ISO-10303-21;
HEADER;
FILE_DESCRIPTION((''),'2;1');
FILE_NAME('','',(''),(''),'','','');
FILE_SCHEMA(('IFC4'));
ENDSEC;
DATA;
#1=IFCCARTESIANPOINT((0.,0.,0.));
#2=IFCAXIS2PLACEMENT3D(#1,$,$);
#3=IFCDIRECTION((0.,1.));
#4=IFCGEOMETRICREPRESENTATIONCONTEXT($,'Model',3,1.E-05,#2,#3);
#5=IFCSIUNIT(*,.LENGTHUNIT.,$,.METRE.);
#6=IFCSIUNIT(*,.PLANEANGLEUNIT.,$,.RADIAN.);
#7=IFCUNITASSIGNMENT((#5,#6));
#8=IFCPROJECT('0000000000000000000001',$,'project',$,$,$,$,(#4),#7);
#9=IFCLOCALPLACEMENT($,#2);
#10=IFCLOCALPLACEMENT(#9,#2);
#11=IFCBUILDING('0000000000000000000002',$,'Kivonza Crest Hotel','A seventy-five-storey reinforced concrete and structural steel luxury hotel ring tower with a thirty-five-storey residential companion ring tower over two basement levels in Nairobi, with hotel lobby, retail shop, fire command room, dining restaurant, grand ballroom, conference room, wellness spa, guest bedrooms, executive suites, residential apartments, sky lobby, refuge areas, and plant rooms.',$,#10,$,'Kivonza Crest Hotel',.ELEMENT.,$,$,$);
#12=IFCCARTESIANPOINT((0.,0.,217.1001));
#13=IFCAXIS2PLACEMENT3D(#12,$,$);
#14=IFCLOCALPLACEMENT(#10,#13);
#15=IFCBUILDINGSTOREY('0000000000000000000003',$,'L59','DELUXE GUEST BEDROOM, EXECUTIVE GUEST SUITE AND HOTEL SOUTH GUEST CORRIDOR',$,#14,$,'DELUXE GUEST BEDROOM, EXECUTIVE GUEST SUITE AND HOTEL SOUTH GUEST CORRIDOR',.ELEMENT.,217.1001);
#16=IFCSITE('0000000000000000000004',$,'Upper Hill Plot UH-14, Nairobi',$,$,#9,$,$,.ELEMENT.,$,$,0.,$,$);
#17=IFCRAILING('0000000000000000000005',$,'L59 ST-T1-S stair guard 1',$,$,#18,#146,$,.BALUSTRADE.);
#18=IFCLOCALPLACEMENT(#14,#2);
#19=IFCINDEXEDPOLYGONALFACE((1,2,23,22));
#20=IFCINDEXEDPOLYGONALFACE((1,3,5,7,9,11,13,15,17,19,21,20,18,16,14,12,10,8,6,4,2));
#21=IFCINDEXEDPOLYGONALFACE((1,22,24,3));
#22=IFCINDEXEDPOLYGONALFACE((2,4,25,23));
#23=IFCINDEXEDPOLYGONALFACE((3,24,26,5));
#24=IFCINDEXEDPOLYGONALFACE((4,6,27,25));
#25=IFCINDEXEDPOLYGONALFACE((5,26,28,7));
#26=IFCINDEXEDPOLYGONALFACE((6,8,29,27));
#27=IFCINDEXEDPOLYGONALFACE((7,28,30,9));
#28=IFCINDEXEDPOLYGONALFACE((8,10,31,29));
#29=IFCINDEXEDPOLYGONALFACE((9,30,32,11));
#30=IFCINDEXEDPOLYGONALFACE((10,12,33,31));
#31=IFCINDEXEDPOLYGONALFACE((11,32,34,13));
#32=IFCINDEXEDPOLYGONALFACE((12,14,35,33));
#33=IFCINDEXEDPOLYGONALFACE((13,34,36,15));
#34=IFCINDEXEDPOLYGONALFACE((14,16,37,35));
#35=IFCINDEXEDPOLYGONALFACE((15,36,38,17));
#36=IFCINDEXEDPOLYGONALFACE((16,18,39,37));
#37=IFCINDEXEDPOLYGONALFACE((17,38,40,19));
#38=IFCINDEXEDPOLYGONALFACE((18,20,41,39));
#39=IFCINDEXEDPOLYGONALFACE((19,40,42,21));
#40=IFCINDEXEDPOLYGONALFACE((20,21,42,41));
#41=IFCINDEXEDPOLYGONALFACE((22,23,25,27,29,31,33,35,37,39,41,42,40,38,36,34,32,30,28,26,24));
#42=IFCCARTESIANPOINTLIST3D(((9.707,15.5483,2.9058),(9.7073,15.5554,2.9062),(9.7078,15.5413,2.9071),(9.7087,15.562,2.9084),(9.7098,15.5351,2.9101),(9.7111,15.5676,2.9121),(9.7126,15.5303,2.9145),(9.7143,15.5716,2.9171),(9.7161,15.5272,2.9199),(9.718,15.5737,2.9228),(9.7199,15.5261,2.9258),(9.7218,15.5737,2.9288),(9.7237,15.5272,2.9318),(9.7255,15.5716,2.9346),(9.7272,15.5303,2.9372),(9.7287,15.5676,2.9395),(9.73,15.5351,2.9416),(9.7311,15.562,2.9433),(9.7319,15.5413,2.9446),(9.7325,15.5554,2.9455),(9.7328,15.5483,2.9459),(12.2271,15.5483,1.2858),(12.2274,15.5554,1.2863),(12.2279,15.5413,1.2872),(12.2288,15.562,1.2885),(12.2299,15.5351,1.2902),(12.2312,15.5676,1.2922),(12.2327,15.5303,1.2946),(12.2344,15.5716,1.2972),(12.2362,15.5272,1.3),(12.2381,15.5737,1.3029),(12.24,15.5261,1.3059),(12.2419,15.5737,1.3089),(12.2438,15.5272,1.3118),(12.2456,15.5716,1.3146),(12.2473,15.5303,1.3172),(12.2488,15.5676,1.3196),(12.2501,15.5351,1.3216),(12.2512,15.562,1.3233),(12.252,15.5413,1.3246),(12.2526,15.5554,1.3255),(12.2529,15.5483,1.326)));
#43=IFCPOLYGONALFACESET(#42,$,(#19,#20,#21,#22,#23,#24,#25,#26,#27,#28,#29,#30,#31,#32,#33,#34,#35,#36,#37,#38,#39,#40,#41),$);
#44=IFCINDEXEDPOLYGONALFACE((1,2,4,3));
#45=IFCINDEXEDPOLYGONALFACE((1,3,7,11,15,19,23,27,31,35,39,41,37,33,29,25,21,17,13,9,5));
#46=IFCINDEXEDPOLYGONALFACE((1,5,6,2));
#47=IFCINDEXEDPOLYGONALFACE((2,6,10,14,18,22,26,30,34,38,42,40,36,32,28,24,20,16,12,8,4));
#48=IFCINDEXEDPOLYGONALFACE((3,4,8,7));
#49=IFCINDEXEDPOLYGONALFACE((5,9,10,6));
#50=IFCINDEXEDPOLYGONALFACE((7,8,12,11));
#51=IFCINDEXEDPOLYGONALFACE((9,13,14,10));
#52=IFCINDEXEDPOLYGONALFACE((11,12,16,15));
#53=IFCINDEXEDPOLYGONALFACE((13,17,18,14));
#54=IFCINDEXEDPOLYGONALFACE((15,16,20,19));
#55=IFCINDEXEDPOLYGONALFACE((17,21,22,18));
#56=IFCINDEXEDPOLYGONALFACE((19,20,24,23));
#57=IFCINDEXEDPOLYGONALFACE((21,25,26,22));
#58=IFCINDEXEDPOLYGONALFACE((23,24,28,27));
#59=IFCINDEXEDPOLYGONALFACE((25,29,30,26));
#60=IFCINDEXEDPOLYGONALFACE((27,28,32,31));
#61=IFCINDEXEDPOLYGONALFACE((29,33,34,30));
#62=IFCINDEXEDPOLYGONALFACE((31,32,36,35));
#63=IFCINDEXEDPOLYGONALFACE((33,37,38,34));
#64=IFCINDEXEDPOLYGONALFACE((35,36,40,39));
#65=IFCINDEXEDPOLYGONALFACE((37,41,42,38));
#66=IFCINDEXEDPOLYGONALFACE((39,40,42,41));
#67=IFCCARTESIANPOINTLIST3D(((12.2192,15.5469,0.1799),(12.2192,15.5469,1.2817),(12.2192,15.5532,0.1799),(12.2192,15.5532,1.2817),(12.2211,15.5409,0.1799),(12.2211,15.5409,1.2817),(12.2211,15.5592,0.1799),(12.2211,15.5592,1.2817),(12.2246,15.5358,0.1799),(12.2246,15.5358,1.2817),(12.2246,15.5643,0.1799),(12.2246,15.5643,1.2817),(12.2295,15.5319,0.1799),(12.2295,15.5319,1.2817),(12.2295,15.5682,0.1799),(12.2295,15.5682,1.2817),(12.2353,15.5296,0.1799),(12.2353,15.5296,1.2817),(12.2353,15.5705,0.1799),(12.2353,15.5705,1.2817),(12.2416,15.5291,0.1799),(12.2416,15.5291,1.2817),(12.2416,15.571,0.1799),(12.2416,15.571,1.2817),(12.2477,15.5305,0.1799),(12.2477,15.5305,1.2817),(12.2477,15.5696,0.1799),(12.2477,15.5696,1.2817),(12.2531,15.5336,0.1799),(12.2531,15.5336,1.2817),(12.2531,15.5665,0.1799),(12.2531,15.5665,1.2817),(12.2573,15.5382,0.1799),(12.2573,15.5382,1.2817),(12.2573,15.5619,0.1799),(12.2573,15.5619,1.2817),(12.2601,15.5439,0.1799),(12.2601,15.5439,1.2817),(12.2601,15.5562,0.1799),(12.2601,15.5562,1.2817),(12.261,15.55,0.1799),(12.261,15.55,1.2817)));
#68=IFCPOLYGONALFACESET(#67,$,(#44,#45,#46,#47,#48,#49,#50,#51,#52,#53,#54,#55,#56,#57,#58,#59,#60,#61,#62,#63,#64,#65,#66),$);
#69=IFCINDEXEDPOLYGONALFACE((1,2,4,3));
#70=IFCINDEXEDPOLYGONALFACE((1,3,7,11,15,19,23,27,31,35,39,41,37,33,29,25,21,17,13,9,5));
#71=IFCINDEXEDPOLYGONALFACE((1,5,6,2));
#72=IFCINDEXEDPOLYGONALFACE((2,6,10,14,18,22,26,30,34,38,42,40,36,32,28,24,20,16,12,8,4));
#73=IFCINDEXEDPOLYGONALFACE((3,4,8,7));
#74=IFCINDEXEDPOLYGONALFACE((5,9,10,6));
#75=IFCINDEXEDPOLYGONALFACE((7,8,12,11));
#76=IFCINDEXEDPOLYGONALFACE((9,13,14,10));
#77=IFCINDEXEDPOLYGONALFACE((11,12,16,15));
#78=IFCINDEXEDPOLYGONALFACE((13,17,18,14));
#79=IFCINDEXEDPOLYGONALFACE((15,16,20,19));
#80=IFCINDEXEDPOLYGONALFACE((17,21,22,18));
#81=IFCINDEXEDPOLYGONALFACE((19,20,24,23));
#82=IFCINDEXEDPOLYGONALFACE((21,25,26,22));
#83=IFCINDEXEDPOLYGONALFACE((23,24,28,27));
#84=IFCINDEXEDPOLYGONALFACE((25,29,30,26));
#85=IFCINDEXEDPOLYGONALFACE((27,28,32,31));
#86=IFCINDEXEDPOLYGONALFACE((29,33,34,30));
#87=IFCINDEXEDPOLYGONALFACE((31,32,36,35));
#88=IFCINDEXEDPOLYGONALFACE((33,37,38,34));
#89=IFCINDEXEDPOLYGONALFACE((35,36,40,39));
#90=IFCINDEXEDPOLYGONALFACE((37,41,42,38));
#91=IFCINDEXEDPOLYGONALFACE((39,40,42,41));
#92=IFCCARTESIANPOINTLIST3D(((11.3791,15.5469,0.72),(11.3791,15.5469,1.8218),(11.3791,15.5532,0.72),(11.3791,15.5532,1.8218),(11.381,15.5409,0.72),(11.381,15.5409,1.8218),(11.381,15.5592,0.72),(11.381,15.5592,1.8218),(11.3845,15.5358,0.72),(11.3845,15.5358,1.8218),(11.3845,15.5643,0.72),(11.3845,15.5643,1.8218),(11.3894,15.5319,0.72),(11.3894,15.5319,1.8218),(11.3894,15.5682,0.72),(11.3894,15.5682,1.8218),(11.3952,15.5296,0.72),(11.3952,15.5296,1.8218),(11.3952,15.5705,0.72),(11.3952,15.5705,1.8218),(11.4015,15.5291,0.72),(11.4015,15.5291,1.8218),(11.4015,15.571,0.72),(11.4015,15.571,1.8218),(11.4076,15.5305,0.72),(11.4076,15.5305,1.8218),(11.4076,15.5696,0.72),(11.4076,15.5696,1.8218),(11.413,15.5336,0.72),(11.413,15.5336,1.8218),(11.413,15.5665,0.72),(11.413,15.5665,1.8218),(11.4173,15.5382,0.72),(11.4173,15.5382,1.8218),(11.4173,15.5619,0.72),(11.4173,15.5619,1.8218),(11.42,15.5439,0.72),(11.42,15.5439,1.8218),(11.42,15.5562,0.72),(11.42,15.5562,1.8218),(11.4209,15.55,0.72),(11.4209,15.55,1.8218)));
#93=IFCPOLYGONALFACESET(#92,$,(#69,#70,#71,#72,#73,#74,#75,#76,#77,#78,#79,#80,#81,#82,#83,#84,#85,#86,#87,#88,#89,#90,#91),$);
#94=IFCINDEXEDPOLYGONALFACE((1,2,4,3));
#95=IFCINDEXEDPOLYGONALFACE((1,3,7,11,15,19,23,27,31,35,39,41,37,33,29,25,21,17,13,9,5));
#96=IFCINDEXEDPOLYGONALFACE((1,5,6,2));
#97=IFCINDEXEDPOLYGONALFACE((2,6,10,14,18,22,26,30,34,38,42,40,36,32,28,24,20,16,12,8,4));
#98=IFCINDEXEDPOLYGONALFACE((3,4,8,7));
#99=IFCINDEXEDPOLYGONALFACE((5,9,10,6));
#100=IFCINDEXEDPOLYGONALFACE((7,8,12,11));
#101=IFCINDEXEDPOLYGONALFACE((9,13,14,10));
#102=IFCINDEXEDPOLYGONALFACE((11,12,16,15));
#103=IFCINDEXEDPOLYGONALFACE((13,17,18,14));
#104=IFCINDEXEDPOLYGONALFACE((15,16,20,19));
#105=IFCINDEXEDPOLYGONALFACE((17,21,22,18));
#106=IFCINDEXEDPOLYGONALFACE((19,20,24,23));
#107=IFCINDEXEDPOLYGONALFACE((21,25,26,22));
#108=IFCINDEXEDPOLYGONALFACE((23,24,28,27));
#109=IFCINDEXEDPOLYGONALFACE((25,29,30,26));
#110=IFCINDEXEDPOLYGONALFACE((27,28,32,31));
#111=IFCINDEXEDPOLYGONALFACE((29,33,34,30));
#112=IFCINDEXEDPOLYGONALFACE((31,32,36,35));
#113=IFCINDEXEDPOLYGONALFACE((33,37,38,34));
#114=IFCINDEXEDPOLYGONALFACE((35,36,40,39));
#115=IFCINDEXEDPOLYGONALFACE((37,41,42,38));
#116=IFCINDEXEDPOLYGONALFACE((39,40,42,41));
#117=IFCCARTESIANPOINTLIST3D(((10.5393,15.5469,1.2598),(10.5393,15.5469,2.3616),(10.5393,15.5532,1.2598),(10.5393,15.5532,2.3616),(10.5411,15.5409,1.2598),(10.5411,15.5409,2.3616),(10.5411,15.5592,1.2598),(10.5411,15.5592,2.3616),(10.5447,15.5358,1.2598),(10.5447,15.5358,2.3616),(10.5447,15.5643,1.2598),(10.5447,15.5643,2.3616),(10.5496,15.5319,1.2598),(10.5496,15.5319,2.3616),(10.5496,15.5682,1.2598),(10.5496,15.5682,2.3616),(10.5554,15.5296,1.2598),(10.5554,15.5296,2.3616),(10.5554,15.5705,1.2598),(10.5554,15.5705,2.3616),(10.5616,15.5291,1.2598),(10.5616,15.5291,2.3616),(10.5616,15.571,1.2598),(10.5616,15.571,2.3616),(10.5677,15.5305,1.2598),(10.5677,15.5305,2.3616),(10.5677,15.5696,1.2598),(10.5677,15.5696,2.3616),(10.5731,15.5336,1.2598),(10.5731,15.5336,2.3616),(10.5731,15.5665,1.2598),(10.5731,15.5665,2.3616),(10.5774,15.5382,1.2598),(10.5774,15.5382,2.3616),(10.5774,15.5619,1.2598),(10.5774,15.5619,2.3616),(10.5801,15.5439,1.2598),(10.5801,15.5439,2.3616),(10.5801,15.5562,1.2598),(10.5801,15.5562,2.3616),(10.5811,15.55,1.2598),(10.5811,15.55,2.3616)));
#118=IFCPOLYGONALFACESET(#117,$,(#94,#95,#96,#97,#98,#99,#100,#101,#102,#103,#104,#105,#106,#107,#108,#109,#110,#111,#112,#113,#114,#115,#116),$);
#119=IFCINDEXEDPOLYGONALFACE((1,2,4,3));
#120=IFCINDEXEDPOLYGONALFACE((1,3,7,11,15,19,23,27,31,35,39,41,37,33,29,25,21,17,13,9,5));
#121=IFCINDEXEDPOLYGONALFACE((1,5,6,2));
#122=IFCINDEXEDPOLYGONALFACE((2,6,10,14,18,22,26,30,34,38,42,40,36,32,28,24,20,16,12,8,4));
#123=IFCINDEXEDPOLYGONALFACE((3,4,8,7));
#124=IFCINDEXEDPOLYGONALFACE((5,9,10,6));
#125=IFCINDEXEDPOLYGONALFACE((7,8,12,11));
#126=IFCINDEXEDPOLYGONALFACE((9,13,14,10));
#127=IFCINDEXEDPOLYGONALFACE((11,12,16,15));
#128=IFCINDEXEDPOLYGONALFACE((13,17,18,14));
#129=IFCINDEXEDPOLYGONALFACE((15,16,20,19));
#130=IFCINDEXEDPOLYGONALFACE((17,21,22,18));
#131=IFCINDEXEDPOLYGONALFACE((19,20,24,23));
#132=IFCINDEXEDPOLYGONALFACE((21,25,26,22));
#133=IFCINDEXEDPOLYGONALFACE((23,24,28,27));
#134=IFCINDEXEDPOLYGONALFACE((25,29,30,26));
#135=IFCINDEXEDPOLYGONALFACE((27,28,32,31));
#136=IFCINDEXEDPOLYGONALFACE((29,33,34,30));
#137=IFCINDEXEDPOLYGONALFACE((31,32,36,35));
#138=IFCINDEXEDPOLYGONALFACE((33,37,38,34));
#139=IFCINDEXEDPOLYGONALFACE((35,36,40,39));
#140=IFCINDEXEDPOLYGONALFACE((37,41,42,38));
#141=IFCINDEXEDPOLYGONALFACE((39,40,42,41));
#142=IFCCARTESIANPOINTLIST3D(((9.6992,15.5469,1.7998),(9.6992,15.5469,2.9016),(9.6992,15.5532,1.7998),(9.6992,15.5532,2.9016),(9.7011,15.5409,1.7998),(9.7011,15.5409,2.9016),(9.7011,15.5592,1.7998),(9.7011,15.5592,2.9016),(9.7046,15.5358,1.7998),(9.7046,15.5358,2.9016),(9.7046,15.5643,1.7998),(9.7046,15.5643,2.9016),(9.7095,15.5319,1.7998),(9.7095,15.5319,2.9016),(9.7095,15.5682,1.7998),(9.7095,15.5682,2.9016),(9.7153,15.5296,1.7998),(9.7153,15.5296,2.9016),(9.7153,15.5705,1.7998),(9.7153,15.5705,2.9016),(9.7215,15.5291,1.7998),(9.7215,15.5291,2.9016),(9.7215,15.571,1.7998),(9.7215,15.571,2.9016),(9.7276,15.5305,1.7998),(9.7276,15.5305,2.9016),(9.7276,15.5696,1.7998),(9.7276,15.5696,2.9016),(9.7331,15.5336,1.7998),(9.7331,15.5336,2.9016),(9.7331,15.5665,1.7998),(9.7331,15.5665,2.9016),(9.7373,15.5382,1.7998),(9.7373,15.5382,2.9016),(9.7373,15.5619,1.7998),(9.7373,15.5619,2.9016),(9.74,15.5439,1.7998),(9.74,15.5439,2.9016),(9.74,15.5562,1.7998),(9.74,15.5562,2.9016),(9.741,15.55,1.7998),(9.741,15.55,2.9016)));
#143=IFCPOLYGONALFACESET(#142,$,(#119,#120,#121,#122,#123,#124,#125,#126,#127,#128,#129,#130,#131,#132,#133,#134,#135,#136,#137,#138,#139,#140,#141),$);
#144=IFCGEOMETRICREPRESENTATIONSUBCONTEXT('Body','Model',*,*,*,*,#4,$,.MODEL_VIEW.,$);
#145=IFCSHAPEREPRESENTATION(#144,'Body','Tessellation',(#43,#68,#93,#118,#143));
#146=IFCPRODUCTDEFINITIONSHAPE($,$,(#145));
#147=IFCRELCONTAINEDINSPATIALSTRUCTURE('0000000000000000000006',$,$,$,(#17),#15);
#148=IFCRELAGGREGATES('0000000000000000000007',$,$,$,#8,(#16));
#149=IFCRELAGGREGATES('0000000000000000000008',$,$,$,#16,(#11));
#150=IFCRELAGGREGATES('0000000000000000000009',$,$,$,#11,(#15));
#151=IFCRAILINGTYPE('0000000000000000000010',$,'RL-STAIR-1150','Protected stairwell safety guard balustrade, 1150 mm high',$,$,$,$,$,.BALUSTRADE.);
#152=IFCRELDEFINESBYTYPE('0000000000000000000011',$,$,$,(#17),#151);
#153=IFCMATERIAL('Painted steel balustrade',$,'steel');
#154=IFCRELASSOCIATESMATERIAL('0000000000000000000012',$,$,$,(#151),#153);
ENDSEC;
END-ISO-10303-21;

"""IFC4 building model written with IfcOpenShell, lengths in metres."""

from ifc_helpers import new_model, si_unit, direction, frame, origin, origin_2d, place, context, subcontext, project, spatial, circle, extrude, material, type_object, element, save


model = new_model("IFC4")

# Units and contexts
model_context = context("Model", 3, precision=1e-05, world=origin(), true_north=direction((0.0, 1.0)))
body_context = subcontext(model_context, "Body", "Model", "MODEL_VIEW")
ifc_project = project(units=[si_unit("LENGTHUNIT", "METRE"), si_unit("PLANEANGLEUNIT", "RADIAN")], contexts=[model_context])

# Site, building, storey
site_placement = place(None, origin())
site = spatial("IfcSite", under=ifc_project, at=site_placement, Name="Upper Hill Plot UH-14, Nairobi", CompositionType="ELEMENT", RefElevation=0.0)
building_placement = place(site_placement, origin())
building = spatial("IfcBuilding", under=site, at=building_placement, Name="Kivonza Crest Hotel", Description="A seventy-five-storey reinforced concrete and structural steel luxury hotel ring tower with a thirty-five-storey residential companion ring tower over two basement levels in Nairobi, with hotel lobby, retail shop, fire command room, dining restaurant, grand ballroom, conference room, wellness spa, guest bedrooms, executive suites, residential apartments, sky lobby, refuge areas, and plant rooms.", LongName="Kivonza Crest Hotel", CompositionType="ELEMENT")
storey_placement = place(building_placement, frame((0.0, 0.0, 217.1001)))
storey = spatial("IfcBuildingStorey", under=building, at=storey_placement, Name="L59", Description="DELUXE GUEST BEDROOM, EXECUTIVE GUEST SUITE AND HOTEL SOUTH GUEST CORRIDOR", LongName="DELUXE GUEST BEDROOM, EXECUTIVE GUEST SUITE AND HOTEL SOUTH GUEST CORRIDOR", CompositionType="ELEMENT", Elevation=217.1001)

# Railing
ifc_material_1 = material(Name="Painted steel balustrade", Category="steel")
railing_type_1 = type_object("IfcRailingType", Name="RL-STAIR-1150", Description="Protected stairwell safety guard balustrade, 1150 mm high", PredefinedType="BALUSTRADE", material=ifc_material_1)
railing_1_placement = place(storey_placement, frame((12.24, 15.55, 0.1799)))
element("IfcRailing", 1, at=railing_1_placement, inside=storey, type_object=railing_type_1, Name="L59 ST-T1-S stair guard 1", PredefinedType="BALUSTRADE", context=body_context, shape_type="SweptSolid", body=[
    extrude(circle(Radius=0.0239, at=origin_2d()), frame((0.0, 0.0, 1.126), z_axis=(-0.8412, 0.0, 0.540725), x_axis=(0.0, -1.0, 0.0)), (0.0, 0.0, 1.0), 2.9958),
    extrude(circle(Radius=0.021, at=origin_2d()), origin(), (0.0, 0.0, 1.0), 1.1018),
    extrude(circle(Radius=0.021, at=origin_2d()), frame((-0.8401, 0.0, 0.54)), (0.0, 0.0, 1.0), 1.1018),
    extrude(circle(Radius=0.021, at=origin_2d()), frame((-1.6799, 0.0, 1.0798)), (0.0, 0.0, 1.0), 1.1018),
    extrude(circle(Radius=0.021, at=origin_2d()), frame((-2.52, 0.0, 1.6199)), (0.0, 0.0, 1.0), 1.1018),
])

save(model, "model.ifc")
